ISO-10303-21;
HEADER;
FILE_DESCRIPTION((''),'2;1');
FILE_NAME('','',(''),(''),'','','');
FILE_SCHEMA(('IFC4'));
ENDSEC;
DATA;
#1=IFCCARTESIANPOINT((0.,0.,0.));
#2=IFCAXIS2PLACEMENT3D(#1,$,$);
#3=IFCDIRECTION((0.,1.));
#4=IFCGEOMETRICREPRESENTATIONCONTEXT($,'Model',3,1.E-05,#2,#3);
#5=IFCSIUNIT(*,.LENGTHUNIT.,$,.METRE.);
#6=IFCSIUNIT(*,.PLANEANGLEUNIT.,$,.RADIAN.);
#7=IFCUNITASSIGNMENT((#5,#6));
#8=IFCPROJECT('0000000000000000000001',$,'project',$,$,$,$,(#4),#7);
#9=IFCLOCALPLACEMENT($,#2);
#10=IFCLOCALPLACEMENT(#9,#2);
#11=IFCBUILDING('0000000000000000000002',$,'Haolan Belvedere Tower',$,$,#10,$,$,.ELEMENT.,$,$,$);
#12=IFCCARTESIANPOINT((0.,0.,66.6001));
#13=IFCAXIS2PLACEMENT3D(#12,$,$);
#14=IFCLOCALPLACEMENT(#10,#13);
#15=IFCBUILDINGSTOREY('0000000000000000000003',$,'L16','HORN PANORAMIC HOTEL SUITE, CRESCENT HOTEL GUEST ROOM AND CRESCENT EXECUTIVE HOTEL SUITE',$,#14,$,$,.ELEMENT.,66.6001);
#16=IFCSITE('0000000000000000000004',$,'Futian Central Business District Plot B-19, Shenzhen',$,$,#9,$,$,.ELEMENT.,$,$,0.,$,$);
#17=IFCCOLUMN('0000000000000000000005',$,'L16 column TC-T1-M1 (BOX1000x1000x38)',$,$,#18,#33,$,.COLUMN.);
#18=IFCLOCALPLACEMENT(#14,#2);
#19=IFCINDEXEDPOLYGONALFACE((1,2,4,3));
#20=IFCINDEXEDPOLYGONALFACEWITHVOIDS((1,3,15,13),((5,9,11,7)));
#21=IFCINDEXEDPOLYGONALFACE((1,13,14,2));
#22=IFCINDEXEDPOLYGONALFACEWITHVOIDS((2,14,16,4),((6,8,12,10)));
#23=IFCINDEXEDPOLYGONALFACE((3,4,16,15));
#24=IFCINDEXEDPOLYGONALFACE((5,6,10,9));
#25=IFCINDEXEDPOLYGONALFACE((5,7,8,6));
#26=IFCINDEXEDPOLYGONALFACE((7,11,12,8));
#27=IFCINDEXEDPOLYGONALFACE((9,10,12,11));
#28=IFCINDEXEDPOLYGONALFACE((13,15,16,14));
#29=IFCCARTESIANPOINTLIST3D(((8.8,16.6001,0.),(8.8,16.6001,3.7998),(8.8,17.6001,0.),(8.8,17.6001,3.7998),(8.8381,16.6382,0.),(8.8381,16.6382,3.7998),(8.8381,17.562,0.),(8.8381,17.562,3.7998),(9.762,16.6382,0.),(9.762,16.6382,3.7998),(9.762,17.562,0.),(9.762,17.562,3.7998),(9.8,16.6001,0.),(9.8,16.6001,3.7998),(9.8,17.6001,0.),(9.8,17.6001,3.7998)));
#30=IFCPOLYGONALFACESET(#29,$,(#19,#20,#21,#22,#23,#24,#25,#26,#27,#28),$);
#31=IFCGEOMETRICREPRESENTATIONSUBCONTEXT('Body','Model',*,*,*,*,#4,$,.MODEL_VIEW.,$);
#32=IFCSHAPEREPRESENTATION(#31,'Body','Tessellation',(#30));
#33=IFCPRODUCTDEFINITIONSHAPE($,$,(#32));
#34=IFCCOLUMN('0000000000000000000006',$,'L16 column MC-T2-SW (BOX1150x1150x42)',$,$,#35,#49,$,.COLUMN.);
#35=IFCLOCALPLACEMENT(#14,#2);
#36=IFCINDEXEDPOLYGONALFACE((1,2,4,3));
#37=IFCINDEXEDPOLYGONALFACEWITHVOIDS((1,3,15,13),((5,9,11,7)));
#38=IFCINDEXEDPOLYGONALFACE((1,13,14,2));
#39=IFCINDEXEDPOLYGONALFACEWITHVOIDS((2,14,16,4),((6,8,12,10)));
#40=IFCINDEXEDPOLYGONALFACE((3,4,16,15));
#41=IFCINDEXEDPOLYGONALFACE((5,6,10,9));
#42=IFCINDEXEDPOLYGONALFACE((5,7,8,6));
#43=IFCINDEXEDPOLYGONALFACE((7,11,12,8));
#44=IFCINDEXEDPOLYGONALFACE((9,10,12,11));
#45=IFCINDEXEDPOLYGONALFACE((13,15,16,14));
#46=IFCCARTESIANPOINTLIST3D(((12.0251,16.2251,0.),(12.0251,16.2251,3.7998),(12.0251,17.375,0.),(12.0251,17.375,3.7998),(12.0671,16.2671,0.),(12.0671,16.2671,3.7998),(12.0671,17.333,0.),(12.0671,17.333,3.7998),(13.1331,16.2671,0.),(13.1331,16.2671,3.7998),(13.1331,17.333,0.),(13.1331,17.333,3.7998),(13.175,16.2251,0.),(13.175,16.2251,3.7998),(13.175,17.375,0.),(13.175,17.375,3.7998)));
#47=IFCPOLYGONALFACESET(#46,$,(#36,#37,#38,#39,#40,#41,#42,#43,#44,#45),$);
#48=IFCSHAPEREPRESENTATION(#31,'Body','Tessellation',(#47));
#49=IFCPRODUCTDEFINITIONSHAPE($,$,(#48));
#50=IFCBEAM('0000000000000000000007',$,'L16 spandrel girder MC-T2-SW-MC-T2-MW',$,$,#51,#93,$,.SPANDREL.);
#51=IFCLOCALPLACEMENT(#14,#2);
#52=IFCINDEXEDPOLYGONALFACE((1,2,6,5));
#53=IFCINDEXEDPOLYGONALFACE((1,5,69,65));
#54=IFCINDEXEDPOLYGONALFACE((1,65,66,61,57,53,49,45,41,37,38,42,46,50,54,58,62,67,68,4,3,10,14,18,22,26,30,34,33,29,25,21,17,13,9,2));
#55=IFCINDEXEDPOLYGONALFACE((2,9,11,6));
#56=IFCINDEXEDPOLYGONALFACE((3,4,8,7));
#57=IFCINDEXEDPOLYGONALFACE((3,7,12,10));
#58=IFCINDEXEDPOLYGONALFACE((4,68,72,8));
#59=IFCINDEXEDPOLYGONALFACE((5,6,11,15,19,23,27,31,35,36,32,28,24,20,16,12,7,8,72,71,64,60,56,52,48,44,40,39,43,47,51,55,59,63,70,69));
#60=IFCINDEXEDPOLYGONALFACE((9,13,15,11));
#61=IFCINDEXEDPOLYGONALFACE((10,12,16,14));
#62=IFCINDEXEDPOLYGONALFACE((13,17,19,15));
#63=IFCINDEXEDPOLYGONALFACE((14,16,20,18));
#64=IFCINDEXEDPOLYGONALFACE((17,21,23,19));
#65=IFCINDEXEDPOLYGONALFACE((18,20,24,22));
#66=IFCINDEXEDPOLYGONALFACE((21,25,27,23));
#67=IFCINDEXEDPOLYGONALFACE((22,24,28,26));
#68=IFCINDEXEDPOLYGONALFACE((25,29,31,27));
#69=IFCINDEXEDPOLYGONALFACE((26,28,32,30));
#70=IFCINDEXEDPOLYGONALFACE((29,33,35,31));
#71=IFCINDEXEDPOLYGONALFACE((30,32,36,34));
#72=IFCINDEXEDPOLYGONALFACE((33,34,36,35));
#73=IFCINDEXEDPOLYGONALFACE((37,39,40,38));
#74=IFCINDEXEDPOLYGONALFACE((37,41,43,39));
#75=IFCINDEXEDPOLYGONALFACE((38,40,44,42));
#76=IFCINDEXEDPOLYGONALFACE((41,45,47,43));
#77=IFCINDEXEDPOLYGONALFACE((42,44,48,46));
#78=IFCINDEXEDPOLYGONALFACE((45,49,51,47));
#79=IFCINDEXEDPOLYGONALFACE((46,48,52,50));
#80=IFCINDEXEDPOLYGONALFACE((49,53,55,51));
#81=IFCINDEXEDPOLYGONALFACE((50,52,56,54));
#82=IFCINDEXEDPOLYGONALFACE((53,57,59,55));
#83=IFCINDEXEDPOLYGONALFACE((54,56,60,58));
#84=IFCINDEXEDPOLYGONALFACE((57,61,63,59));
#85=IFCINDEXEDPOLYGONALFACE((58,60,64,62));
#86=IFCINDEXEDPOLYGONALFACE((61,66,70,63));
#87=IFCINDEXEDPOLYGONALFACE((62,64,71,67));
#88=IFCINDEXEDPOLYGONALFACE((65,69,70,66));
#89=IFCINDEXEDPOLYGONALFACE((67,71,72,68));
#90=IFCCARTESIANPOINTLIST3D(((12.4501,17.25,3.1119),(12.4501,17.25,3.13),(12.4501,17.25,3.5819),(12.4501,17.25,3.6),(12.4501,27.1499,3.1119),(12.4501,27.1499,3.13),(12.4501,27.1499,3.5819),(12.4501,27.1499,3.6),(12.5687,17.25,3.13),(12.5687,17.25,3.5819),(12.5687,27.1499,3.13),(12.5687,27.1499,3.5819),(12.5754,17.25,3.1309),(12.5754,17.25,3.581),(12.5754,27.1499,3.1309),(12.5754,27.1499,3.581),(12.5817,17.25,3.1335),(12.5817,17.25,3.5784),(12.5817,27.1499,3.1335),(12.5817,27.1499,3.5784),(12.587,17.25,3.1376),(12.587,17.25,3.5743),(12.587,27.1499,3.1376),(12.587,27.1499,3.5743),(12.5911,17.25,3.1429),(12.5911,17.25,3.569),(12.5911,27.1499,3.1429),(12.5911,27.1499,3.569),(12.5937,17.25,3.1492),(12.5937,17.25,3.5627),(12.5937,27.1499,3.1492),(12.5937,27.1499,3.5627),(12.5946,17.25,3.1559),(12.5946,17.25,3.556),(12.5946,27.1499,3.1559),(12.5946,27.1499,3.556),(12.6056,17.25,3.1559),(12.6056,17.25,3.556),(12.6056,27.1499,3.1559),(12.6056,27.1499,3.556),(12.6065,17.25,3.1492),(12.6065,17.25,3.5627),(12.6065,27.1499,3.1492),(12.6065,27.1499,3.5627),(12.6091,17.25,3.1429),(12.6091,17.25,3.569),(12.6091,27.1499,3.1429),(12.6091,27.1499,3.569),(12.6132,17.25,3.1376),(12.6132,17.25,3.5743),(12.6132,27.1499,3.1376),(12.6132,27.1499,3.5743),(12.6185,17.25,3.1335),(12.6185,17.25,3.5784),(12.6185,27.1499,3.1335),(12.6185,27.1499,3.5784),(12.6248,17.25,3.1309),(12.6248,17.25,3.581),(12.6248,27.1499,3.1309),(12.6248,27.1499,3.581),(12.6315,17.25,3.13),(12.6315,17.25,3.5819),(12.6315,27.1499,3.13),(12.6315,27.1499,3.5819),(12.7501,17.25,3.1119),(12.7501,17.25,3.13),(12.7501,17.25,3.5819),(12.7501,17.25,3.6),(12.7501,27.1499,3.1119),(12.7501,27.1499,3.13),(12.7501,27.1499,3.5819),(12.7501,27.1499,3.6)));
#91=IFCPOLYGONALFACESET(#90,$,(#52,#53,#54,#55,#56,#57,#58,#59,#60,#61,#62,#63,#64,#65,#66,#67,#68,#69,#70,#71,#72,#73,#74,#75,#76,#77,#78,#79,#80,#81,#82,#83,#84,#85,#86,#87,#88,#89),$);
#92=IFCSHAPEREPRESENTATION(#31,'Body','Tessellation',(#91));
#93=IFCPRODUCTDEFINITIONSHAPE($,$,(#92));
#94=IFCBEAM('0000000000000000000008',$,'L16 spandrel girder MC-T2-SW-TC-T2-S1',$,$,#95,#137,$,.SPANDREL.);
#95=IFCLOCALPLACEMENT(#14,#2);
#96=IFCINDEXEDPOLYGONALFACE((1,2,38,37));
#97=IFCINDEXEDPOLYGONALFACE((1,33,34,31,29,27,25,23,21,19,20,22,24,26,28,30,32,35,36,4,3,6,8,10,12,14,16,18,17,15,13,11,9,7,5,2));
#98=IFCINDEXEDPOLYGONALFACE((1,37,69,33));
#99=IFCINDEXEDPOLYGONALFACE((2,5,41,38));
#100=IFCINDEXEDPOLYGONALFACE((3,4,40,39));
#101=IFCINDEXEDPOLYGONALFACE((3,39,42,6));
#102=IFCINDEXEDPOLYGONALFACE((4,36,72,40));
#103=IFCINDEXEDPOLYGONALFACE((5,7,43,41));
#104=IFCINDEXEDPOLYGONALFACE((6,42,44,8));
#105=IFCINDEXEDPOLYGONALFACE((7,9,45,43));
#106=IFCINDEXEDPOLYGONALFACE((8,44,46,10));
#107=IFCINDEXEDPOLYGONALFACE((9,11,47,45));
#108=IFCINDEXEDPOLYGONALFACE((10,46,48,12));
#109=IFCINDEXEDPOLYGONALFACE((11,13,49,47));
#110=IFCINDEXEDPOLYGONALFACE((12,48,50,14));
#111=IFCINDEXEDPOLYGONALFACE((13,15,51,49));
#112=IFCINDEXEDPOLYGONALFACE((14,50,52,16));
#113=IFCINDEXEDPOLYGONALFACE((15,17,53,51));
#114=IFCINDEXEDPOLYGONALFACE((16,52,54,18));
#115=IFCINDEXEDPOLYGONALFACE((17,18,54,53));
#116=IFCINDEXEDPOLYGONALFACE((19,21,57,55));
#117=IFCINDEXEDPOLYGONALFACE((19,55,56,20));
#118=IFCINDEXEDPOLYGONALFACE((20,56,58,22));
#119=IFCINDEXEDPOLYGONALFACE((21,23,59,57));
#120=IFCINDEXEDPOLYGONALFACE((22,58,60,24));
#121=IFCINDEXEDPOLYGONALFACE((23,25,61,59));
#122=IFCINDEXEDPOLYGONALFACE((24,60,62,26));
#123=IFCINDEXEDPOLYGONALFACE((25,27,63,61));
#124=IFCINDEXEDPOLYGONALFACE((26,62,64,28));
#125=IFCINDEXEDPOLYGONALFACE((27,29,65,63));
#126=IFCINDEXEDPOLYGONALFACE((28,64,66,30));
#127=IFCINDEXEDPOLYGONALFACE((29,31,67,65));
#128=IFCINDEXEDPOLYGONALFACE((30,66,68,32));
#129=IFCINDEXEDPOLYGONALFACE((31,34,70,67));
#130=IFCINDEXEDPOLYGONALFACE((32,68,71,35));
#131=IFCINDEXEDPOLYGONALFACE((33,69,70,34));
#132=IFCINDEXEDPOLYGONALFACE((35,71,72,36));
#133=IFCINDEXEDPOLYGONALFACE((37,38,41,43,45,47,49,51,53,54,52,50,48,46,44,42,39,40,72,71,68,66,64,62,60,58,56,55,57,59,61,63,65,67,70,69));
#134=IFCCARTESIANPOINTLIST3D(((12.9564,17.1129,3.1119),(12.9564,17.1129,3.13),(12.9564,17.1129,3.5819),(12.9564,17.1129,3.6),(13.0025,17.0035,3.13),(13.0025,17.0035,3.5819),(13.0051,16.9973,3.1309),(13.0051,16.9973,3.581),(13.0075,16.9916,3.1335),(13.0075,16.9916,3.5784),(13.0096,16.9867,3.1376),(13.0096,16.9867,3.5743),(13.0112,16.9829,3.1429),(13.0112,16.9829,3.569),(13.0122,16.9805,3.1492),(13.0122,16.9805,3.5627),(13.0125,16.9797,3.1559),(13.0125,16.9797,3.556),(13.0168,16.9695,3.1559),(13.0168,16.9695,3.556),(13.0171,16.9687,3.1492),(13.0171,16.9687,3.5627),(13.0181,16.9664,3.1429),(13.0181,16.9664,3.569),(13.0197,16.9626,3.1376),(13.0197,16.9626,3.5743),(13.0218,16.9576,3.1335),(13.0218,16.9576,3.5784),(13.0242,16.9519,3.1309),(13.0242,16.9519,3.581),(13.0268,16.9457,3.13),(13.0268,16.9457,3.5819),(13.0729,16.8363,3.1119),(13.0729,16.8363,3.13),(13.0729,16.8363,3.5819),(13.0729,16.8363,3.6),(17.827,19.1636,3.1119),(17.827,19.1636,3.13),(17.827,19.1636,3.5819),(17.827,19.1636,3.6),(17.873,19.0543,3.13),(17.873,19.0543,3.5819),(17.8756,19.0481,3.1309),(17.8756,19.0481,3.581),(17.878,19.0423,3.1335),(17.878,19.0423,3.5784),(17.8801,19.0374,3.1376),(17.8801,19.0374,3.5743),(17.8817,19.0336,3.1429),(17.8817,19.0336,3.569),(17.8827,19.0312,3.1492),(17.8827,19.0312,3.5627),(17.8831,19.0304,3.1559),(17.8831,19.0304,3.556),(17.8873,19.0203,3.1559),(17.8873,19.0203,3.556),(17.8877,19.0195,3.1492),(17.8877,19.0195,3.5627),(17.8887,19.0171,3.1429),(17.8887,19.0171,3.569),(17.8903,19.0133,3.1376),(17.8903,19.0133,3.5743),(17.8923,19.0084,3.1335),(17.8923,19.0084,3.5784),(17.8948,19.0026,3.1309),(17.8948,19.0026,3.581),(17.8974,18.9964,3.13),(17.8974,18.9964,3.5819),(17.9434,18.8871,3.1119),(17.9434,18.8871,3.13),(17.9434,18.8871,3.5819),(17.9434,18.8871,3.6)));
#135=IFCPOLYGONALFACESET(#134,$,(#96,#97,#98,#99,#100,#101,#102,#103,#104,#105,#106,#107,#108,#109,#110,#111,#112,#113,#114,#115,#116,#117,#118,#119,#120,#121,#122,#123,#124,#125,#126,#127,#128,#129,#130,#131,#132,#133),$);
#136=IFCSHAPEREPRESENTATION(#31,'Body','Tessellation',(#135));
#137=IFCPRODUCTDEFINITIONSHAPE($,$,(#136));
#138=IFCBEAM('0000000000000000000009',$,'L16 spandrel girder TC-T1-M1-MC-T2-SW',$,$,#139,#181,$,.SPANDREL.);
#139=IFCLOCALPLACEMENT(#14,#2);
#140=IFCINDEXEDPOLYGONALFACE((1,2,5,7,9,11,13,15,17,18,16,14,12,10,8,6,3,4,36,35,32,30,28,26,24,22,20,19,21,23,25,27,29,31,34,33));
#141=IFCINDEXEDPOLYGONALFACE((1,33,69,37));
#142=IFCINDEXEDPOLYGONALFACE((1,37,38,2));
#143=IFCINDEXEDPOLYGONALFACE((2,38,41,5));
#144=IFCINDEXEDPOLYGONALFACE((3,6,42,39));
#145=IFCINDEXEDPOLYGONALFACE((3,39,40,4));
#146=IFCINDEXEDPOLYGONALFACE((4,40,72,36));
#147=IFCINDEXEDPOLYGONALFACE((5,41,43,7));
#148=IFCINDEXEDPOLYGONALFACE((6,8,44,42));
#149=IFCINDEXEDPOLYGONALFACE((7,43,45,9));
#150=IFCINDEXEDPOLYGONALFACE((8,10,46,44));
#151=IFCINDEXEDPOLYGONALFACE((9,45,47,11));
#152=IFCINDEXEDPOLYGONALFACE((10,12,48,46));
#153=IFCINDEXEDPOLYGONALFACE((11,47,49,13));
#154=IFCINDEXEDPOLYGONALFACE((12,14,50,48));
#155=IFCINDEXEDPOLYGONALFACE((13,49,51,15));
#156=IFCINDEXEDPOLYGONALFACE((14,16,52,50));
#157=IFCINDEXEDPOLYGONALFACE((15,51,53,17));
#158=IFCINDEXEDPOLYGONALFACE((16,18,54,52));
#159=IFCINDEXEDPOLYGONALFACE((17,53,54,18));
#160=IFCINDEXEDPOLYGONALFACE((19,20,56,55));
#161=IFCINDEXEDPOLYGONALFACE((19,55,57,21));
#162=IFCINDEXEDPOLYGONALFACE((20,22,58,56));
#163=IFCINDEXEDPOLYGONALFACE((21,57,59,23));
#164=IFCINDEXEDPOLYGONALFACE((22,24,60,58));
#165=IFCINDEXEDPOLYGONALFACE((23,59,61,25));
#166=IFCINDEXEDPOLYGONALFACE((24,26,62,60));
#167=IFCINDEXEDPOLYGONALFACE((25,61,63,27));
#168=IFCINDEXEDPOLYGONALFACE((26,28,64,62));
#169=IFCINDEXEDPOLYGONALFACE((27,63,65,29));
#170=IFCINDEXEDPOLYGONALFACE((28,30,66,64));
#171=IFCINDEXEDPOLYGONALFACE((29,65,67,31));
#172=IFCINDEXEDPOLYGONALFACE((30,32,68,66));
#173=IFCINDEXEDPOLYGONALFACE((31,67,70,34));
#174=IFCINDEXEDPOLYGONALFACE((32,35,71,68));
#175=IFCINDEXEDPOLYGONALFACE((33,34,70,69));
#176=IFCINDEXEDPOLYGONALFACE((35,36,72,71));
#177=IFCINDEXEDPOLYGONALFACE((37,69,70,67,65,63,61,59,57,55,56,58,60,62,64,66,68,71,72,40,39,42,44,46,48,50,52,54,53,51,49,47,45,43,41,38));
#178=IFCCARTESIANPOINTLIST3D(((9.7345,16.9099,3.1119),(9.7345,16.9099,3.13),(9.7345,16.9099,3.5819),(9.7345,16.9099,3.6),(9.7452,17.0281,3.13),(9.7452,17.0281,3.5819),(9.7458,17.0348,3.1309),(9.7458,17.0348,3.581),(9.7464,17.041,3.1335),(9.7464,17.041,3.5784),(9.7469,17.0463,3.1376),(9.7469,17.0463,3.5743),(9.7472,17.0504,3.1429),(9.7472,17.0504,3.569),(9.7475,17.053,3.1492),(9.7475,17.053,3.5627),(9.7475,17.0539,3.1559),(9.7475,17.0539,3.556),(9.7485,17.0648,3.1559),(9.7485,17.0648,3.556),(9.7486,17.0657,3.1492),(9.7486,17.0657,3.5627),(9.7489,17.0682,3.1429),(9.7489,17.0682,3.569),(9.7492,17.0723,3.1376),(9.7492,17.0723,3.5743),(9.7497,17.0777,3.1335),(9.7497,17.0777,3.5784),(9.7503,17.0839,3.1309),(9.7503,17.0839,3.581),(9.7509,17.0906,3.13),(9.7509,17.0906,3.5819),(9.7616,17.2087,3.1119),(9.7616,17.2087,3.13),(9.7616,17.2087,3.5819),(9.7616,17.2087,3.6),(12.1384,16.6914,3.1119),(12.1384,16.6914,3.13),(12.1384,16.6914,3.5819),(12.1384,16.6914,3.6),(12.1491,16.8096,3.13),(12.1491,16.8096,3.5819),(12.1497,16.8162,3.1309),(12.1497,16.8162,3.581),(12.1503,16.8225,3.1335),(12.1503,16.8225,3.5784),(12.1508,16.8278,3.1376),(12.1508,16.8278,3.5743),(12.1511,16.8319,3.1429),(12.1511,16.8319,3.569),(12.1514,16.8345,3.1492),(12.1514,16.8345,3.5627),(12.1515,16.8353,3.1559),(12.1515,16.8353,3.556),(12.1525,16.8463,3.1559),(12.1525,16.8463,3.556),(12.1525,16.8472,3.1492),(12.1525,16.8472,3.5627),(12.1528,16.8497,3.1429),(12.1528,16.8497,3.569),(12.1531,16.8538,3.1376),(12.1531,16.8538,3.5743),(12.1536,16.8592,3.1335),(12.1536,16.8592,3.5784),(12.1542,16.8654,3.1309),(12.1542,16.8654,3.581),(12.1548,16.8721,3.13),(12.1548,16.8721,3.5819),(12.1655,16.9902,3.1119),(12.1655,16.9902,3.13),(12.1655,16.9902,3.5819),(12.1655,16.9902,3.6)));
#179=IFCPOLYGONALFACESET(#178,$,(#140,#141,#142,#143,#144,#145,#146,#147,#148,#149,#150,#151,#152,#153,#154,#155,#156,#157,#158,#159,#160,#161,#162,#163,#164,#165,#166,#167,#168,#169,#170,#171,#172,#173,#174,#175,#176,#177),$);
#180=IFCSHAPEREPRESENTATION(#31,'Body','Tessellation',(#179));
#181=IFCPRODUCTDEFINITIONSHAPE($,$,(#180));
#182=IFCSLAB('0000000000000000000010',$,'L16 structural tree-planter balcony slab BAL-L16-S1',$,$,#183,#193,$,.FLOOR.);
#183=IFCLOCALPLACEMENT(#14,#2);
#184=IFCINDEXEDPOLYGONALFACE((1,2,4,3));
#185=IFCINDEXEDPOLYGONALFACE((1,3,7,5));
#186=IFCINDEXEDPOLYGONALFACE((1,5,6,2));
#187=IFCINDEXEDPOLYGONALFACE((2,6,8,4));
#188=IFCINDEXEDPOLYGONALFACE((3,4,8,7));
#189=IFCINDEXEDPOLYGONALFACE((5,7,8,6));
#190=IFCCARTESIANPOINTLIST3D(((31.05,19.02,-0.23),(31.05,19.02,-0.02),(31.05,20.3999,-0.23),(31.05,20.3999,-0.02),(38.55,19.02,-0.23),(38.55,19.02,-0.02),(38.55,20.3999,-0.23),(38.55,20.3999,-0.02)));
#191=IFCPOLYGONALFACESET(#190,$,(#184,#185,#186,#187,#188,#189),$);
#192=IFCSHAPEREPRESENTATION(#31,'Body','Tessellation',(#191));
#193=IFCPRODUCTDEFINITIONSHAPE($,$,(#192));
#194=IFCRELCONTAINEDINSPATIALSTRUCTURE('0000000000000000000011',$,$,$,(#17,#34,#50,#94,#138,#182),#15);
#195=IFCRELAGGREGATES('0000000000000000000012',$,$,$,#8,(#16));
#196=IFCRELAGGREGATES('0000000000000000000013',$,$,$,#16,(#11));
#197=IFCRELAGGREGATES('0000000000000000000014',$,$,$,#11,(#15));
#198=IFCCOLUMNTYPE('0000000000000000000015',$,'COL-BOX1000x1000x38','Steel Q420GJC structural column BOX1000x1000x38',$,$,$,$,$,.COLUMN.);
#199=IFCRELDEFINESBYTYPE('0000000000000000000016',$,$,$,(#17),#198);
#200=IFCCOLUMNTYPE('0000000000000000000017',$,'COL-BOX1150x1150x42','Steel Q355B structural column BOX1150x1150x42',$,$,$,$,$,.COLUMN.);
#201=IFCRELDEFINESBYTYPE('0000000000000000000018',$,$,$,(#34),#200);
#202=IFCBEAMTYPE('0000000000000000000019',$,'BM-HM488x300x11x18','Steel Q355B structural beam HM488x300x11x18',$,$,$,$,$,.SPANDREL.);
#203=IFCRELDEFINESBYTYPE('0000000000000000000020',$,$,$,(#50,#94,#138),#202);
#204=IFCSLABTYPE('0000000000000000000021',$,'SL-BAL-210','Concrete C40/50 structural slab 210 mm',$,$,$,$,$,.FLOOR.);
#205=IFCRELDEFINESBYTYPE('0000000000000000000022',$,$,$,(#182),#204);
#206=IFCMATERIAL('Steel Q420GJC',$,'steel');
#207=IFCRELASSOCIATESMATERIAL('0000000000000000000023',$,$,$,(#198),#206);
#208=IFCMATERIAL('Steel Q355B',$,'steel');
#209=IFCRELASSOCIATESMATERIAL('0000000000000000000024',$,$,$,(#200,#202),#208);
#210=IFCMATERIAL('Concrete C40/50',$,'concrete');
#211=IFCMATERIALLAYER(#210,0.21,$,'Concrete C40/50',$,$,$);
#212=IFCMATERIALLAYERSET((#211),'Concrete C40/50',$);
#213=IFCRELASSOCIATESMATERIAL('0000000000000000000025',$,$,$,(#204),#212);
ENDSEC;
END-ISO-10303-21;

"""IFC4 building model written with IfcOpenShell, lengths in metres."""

from ifc_helpers import new_model, si_unit, direction, frame, origin, origin_2d, place, context, subcontext, project, spatial, polyline, hollow_rectangle, i_section, outline, extrude, material, layer, layer_set, material_profile, profile_set, type_object, element, save


model = new_model("IFC4")

# Units and contexts
model_context = context("Model", 3, precision=1e-05, world=origin(), true_north=direction((0.0, 1.0)))
body_context = subcontext(model_context, "Body", "Model", "MODEL_VIEW")
ifc_project = project(units=[si_unit("LENGTHUNIT", "METRE"), si_unit("PLANEANGLEUNIT", "RADIAN")], contexts=[model_context])

# Site, building, storey
site_placement = place(None, origin())
site = spatial("IfcSite", under=ifc_project, at=site_placement, Name="Futian Central Business District Plot B-19, Shenzhen", CompositionType="ELEMENT", RefElevation=0.0)
building_placement = place(site_placement, origin())
building = spatial("IfcBuilding", under=site, at=building_placement, Name="Haolan Belvedere Tower", CompositionType="ELEMENT")
storey_placement = place(building_placement, frame((0.0, 0.0, 66.6001)))
storey = spatial("IfcBuildingStorey", under=building, at=storey_placement, Name="L16", Description="HORN PANORAMIC HOTEL SUITE, CRESCENT HOTEL GUEST ROOM AND CRESCENT EXECUTIVE HOTEL SUITE", CompositionType="ELEMENT", Elevation=66.6001)

# Columns
ifc_material_1 = material(Name="Steel Q420GJC", Category="steel")
ifc_material_profile_1 = material_profile(ifc_material_1, hollow_rectangle(XDim=1.0, YDim=1.0, WallThickness=0.0381, at=origin_2d()), Name="Steel Q420GJC")
ifc_profile_set_1 = profile_set([ifc_material_profile_1], Name="Steel Q420GJC")
column_type_1 = type_object("IfcColumnType", Name="COL-BOX1000x1000x38", Description="Steel Q420GJC structural column BOX1000x1000x38", PredefinedType="COLUMN", material=ifc_profile_set_1)
column_1_placement = place(storey_placement, frame((9.3, 17.1001, 0.0), z_axis=(0.0, 0.0, 1.0), x_axis=(1.0, 0.0, 0.0)))
element("IfcColumn", 1, at=column_1_placement, inside=storey, type_object=column_type_1, Name="L16 column TC-T1-M1 (BOX1000x1000x38)", PredefinedType="COLUMN", context=body_context, shape_type="SweptSolid", body=[
    extrude(hollow_rectangle(XDim=1.0, YDim=1.0, WallThickness=0.0381, at=origin_2d()), origin(), (0.0, 0.0, 1.0), 3.7998),
])
ifc_material_2 = material(Name="Steel Q355B", Category="steel")
ifc_material_profile_2 = material_profile(ifc_material_2, hollow_rectangle(XDim=1.1499, YDim=1.1499, WallThickness=0.042, at=origin_2d()), Name="Steel Q355B")
ifc_profile_set_2 = profile_set([ifc_material_profile_2], Name="Steel Q355B")
column_type_2 = type_object("IfcColumnType", Name="COL-BOX1150x1150x42", Description="Steel Q355B structural column BOX1150x1150x42", PredefinedType="COLUMN", material=ifc_profile_set_2)
column_2_placement = place(storey_placement, frame((12.6001, 16.8, 0.0), z_axis=(0.0, 0.0, 1.0), x_axis=(1.0, 0.0, 0.0)))
element("IfcColumn", 2, at=column_2_placement, inside=storey, type_object=column_type_2, Name="L16 column MC-T2-SW (BOX1150x1150x42)", PredefinedType="COLUMN", context=body_context, shape_type="SweptSolid", body=[
    extrude(hollow_rectangle(XDim=1.1499, YDim=1.1499, WallThickness=0.042, at=origin_2d()), origin(), (0.0, 0.0, 1.0), 3.7998),
])

# Beams
ifc_material_profile_3 = material_profile(ifc_material_2, i_section(OverallWidth=0.3, OverallDepth=0.488, WebThickness=0.011, FlangeThickness=0.0181, FilletRadius=0.0259, at=origin_2d()), Name="Steel Q355B")
ifc_profile_set_3 = profile_set([ifc_material_profile_3], Name="Steel Q355B")
beam_type = type_object("IfcBeamType", Name="BM-HM488x300x11x18", Description="Steel Q355B structural beam HM488x300x11x18", PredefinedType="SPANDREL", material=ifc_profile_set_3)
beam_1_placement = place(storey_placement, frame((12.6001, 17.25, 3.356), z_axis=(0.0, 1.0, 0.0), x_axis=(-1.0, 0.0, 0.0)))
element("IfcBeam", 3, at=beam_1_placement, inside=storey, type_object=beam_type, Name="L16 spandrel girder MC-T2-SW-MC-T2-MW", PredefinedType="SPANDREL", context=body_context, shape_type="SweptSolid", body=[
    extrude(i_section(OverallWidth=0.3, OverallDepth=0.488, WebThickness=0.011, FlangeThickness=0.0181, FilletRadius=0.0259, at=origin_2d()), origin(), (0.0, 0.0, 1.0), 9.8999),
])
beam_2_placement = place(storey_placement, frame((13.0146, 16.9746, 3.356), z_axis=(0.921635, 0.388057, 0.0), x_axis=(-0.388057, 0.921635, 0.0)))
element("IfcBeam", 4, at=beam_2_placement, inside=storey, type_object=beam_type, Name="L16 spandrel girder MC-T2-SW-TC-T2-S1", PredefinedType="SPANDREL", context=body_context, shape_type="SweptSolid", body=[
    extrude(i_section(OverallWidth=0.3, OverallDepth=0.488, WebThickness=0.011, FlangeThickness=0.0181, FilletRadius=0.0259, at=origin_2d()), origin(), (0.0, 0.0, 1.0), 5.2847),
])
beam_3_placement = place(storey_placement, frame((9.748, 17.0593, 3.356), z_axis=(0.995894, -0.090527, 0.0), x_axis=(0.090527, 0.995894, 0.0)))
element("IfcBeam", 5, at=beam_3_placement, inside=storey, type_object=beam_type, Name="L16 spandrel girder TC-T1-M1-MC-T2-SW", PredefinedType="SPANDREL", context=body_context, shape_type="SweptSolid", body=[
    extrude(i_section(OverallWidth=0.3, OverallDepth=0.488, WebThickness=0.011, FlangeThickness=0.0181, FilletRadius=0.0259, at=origin_2d()), origin(), (0.0, 0.0, 1.0), 2.4138),
])

# Slab
ifc_material_3 = material(Name="Concrete C40/50", Category="concrete")
ifc_layer_1 = layer(ifc_material_3, 0.21, Name="Concrete C40/50")
ifc_layer_set_1 = layer_set([ifc_layer_1], Name="Concrete C40/50")
slab_type_1 = type_object("IfcSlabType", Name="SL-BAL-210", Description="Concrete C40/50 structural slab 210 mm", PredefinedType="FLOOR", material=ifc_layer_set_1)
slab_1_placement = place(storey_placement, frame((0.0, 0.0, -0.23)))
element("IfcSlab", 6, at=slab_1_placement, inside=storey, type_object=slab_type_1, Name="L16 structural tree-planter balcony slab BAL-L16-S1", PredefinedType="FLOOR", context=body_context, shape_type="SweptSolid", body=[
    extrude(outline(polyline([(31.05, 19.02), (38.55, 19.02), (38.55, 20.3999), (31.05, 20.3999), (31.05, 19.02)])), origin(), (0.0, 0.0, 1.0), 0.21),
])

save(model, "model.ifc")
